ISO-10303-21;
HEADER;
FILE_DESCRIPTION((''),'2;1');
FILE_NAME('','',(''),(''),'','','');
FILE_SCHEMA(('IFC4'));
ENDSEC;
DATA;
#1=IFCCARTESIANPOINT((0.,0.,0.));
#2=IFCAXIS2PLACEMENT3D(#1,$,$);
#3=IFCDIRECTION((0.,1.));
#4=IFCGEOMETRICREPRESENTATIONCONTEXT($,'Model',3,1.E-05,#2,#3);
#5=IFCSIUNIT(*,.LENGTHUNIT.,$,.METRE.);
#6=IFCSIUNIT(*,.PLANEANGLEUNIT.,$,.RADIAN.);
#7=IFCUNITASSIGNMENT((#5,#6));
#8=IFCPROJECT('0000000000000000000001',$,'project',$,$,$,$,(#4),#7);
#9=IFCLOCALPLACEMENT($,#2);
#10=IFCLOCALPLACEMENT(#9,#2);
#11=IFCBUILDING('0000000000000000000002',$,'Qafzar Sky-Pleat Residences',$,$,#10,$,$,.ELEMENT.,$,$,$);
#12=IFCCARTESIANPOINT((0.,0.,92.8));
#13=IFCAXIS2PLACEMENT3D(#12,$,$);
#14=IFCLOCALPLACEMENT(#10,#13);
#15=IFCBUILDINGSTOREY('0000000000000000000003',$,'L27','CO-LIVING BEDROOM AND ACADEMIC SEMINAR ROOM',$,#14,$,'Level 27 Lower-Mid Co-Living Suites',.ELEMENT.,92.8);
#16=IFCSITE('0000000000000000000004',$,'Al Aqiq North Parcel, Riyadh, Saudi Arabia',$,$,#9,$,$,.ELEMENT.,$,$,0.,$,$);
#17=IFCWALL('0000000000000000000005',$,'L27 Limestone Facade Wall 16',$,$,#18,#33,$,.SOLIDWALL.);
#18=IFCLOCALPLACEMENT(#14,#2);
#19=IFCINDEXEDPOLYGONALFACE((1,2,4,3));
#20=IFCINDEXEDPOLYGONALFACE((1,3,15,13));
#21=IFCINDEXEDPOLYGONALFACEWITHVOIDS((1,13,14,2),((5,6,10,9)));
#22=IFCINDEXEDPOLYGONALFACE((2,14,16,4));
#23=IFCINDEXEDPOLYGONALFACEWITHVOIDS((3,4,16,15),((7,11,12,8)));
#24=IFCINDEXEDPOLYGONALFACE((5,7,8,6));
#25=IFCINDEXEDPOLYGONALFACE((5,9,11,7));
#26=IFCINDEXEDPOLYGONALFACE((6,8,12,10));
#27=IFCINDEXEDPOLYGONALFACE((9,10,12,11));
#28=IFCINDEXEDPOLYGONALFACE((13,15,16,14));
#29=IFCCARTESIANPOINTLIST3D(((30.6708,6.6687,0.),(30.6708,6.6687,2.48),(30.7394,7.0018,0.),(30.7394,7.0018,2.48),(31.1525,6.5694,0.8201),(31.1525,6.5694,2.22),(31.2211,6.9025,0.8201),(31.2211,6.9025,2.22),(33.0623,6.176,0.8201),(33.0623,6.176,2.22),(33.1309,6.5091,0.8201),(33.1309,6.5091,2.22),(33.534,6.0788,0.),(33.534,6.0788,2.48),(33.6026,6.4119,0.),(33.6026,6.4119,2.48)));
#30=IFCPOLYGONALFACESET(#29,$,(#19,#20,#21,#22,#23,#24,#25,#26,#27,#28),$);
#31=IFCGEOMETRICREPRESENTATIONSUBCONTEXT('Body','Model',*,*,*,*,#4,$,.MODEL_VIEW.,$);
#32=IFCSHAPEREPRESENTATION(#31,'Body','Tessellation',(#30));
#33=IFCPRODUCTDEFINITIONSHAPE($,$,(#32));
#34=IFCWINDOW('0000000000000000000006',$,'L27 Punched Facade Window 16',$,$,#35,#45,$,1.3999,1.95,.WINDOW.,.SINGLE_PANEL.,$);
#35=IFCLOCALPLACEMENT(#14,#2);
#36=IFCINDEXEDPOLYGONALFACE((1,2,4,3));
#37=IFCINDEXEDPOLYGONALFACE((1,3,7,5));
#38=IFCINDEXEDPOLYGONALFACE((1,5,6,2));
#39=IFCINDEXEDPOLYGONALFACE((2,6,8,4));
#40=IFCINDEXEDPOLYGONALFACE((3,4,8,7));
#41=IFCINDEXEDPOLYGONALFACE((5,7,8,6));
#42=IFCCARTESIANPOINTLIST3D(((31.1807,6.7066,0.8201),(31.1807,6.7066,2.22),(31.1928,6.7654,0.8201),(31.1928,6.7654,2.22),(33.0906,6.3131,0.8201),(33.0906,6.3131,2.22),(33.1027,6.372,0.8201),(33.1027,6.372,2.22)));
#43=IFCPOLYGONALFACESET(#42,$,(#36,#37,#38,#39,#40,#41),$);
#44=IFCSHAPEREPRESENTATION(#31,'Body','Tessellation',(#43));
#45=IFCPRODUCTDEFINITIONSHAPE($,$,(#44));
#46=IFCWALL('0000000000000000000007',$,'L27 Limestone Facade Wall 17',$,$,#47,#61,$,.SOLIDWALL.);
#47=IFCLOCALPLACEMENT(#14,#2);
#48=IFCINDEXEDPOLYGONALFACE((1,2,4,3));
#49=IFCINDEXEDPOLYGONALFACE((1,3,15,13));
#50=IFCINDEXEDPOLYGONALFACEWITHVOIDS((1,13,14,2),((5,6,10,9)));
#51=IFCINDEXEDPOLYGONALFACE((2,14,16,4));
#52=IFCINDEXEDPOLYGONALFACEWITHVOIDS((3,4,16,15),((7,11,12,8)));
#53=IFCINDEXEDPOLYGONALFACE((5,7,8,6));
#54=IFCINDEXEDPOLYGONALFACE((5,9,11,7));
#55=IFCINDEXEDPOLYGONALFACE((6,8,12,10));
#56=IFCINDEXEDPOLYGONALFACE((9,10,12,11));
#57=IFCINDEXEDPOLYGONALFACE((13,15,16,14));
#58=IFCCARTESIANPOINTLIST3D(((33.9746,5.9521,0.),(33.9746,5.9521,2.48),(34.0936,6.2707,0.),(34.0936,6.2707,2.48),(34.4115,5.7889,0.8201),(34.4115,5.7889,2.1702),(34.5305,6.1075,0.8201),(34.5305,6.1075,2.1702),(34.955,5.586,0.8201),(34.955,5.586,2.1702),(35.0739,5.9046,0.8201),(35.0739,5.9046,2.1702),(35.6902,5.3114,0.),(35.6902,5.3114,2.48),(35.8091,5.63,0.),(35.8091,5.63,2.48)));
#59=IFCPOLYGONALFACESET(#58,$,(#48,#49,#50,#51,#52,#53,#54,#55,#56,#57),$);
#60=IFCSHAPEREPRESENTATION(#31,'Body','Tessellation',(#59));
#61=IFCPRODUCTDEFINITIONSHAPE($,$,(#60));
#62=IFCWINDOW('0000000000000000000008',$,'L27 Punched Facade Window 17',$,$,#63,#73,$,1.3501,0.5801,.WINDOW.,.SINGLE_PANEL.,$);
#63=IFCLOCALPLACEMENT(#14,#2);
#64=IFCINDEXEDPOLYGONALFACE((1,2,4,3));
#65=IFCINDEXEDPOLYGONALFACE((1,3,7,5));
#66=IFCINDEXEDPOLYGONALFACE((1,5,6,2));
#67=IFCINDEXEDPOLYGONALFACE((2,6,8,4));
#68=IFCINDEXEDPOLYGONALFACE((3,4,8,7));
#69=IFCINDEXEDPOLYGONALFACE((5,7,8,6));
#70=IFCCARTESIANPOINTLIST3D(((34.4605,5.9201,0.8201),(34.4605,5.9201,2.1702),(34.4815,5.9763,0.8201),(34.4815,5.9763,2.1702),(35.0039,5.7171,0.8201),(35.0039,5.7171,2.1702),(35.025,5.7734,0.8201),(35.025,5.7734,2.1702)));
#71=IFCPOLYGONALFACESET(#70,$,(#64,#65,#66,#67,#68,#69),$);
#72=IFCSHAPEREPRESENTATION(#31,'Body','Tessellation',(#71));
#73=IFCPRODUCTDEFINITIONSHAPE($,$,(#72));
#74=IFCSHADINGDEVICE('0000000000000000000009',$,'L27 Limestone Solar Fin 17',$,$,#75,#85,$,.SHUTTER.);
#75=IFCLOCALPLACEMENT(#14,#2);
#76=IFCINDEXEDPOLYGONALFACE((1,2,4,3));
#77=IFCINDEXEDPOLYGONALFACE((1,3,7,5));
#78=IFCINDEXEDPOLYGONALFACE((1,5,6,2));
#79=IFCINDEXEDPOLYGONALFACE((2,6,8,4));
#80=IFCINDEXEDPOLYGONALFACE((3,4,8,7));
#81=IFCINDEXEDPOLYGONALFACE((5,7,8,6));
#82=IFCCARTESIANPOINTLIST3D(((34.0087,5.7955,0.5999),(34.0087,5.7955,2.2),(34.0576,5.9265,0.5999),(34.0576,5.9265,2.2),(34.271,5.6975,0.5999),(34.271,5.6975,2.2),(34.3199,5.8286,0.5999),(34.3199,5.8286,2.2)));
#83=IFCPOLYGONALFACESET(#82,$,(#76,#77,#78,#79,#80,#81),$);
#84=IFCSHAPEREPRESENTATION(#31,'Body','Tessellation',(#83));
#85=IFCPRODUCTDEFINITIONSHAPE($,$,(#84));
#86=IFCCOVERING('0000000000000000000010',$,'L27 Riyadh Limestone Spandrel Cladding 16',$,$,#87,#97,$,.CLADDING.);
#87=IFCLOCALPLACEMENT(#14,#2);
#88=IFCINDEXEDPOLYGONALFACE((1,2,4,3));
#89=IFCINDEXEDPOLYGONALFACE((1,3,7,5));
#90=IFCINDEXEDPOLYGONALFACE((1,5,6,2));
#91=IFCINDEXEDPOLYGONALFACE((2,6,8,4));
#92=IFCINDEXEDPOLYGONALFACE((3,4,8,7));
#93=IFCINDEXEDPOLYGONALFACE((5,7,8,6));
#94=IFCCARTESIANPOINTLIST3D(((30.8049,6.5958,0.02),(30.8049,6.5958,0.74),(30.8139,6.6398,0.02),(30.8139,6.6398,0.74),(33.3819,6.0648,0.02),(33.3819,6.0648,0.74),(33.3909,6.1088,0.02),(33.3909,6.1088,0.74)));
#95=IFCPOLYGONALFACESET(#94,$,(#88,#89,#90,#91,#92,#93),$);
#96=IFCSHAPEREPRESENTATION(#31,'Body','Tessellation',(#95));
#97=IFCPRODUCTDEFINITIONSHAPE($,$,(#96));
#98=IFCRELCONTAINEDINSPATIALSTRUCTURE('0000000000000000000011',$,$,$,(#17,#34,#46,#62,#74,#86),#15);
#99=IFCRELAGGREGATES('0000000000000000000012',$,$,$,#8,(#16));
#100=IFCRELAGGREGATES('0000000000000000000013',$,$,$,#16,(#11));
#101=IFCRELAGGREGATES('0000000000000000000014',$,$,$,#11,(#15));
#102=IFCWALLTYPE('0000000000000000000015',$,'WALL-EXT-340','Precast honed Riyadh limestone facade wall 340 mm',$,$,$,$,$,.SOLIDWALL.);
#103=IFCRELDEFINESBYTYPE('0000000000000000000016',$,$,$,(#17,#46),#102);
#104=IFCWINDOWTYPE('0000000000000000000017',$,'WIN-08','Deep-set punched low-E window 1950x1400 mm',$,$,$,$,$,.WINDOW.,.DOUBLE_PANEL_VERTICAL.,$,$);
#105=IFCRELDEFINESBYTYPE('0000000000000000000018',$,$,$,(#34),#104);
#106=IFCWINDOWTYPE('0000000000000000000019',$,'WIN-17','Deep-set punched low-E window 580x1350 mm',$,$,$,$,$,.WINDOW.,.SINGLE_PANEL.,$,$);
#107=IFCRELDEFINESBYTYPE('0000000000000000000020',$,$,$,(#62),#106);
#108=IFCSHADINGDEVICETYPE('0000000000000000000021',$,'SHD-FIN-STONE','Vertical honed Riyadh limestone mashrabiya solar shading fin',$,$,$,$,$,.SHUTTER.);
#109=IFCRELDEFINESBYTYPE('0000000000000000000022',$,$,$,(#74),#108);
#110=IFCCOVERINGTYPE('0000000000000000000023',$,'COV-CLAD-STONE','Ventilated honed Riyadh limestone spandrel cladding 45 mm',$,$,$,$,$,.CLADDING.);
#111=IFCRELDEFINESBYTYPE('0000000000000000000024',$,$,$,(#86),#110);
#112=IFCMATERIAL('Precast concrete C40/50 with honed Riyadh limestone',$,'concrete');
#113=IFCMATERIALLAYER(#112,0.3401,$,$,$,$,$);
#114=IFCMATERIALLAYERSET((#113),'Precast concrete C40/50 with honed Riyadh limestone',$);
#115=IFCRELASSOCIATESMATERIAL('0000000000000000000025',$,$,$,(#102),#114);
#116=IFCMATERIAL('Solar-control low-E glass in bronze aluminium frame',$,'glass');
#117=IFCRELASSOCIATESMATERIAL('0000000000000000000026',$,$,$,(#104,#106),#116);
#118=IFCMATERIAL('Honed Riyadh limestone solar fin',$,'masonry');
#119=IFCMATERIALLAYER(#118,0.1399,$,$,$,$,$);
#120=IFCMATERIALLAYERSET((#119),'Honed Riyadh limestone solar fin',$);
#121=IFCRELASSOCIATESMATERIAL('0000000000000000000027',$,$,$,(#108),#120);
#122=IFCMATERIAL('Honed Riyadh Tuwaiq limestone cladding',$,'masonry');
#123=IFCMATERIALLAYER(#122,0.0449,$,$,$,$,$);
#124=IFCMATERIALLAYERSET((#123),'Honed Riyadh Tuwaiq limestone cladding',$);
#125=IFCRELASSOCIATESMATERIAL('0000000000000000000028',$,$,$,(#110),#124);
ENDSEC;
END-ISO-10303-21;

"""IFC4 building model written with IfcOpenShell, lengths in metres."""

from ifc_helpers import new_model, si_unit, direction, frame, frame_2d, origin, origin_2d, place, context, subcontext, project, spatial, rectangle, extrude, source, transform, mapped, material, layer, layer_set, type_object, element, fill, save


model = new_model("IFC4")

# Units and contexts
model_context = context("Model", 3, precision=1e-05, world=origin(), true_north=direction((0.0, 1.0)))
body_context = subcontext(model_context, "Body", "Model", "MODEL_VIEW")
ifc_project = project(units=[si_unit("LENGTHUNIT", "METRE"), si_unit("PLANEANGLEUNIT", "RADIAN")], contexts=[model_context])

# Site, building, storey
site_placement = place(None, origin())
site = spatial("IfcSite", under=ifc_project, at=site_placement, Name="Al Aqiq North Parcel, Riyadh, Saudi Arabia", CompositionType="ELEMENT", RefElevation=0.0)
building_placement = place(site_placement, origin())
building = spatial("IfcBuilding", under=site, at=building_placement, Name="Qafzar Sky-Pleat Residences", CompositionType="ELEMENT")
storey_placement = place(building_placement, frame((0.0, 0.0, 92.8)))
storey = spatial("IfcBuildingStorey", under=building, at=storey_placement, Name="L27", Description="CO-LIVING BEDROOM AND ACADEMIC SEMINAR ROOM", LongName="Level 27 Lower-Mid Co-Living Suites", CompositionType="ELEMENT", Elevation=92.8)

# Walls, openings, windows
ifc_material_1 = material(Name="Precast concrete C40/50 with honed Riyadh limestone", Category="concrete")
ifc_layer_1 = layer(ifc_material_1, 0.3401)
ifc_layer_set_1 = layer_set([ifc_layer_1], Name="Precast concrete C40/50 with honed Riyadh limestone")
wall_type_1 = type_object("IfcWallType", Name="WALL-EXT-340", Description="Precast honed Riyadh limestone facade wall 340 mm", PredefinedType="SOLIDWALL", material=ifc_layer_set_1)
ifc_material_2 = material(Name="Solar-control low-E glass in bronze aluminium frame", Category="glass")
wall_1_placement = place(storey_placement, frame((30.7051, 6.8352, 0.0), z_axis=(0.0, 0.0, 1.0), x_axis=(0.979434, -0.201766, 0.0)))
wall_1 = element("IfcWall", 1, at=wall_1_placement, inside=storey, type_object=wall_type_1, Name="L27 Limestone Facade Wall 16", PredefinedType="SOLIDWALL", context=body_context, shape_type="SweptSolid", body=[
    extrude(rectangle(XDim=2.9233, YDim=0.3401, at=frame_2d((1.4617, 0.0))), origin(), (0.0, 0.0, 1.0), 2.48),
])
opening_1_placement = place(wall_1_placement, frame((0.4917, 0.0, 0.8201)))
opening_1 = element("IfcOpeningElement", 2, at=opening_1_placement, cuts=wall_1, PredefinedType="OPENING", context=body_context, shape_type="SweptSolid", body=[
    extrude(rectangle(XDim=1.95, YDim=1.3999, at=frame_2d((0.9751, 0.7))), frame((0.0, 0.1802, 0.0), z_axis=(0.0, -1.0, 0.0), x_axis=(1.0, 0.0, 0.0)), (0.0, 0.0, 1.0), 0.3601),
])
window_type_1 = type_object("IfcWindowType", Name="WIN-08", Description="Deep-set punched low-E window 1950x1400 mm", PartitioningType="DOUBLE_PANEL_VERTICAL", PredefinedType="WINDOW", material=ifc_material_2)
shared_shape_1 = source(origin(), body_context, "Body", "SweptSolid", [
    extrude(rectangle(XDim=1.95, YDim=1.3999, at=frame_2d((0.9751, 0.7))), frame((0.0, 0.03, 0.0), z_axis=(0.0, -1.0, 0.0), x_axis=(1.0, 0.0, 0.0)), (0.0, 0.0, 1.0), 0.0601),
])
window_1_placement = place(opening_1_placement, origin())
window_1 = element("IfcWindow", 3, at=window_1_placement, inside=storey, type_object=window_type_1, Name="L27 Punched Facade Window 16", OverallHeight=1.3999, OverallWidth=1.95, PartitioningType="SINGLE_PANEL", PredefinedType="WINDOW", context=body_context, shape_type="MappedRepresentation", body=[
    mapped(shared_shape_1, transform((0.0, 0.0, 0.0), x_axis=(1.0, 0.0, 0.0), y_axis=(0.0, 1.0, 0.0), z_axis=(0.0, 0.0, 1.0), scale=1.0)),
])
fill(opening_1, window_1)
wall_2_placement = place(storey_placement, frame((34.0342, 6.1113, 0.0), z_axis=(0.0, 0.0, 1.0), x_axis=(0.936816, -0.349823, 0.0)))
wall_2 = element("IfcWall", 4, at=wall_2_placement, inside=storey, type_object=wall_type_1, Name="L27 Limestone Facade Wall 17", PredefinedType="SOLIDWALL", context=body_context, shape_type="SweptSolid", body=[
    extrude(rectangle(XDim=1.8313, YDim=0.3401, at=frame_2d((0.9155, 0.0))), origin(), (0.0, 0.0, 1.0), 2.48),
])
opening_2_placement = place(wall_2_placement, frame((0.4663, 0.0, 0.8201)))
opening_2 = element("IfcOpeningElement", 5, at=opening_2_placement, cuts=wall_2, PredefinedType="OPENING", context=body_context, shape_type="SweptSolid", body=[
    extrude(rectangle(XDim=0.5801, YDim=1.3501, at=frame_2d((0.29, 0.675))), frame((0.0, 0.1802, 0.0), z_axis=(0.0, -1.0, 0.0), x_axis=(1.0, 0.0, 0.0)), (0.0, 0.0, 1.0), 0.3601),
])
window_type_2 = type_object("IfcWindowType", Name="WIN-17", Description="Deep-set punched low-E window 580x1350 mm", PartitioningType="SINGLE_PANEL", PredefinedType="WINDOW", material=ifc_material_2)
shared_shape_2 = source(origin(), body_context, "Body", "SweptSolid", [
    extrude(rectangle(XDim=0.5801, YDim=1.3501, at=frame_2d((0.29, 0.675))), frame((0.0, 0.03, 0.0), z_axis=(0.0, -1.0, 0.0), x_axis=(1.0, 0.0, 0.0)), (0.0, 0.0, 1.0), 0.0601),
])
window_2_placement = place(opening_2_placement, origin())
window_2 = element("IfcWindow", 6, at=window_2_placement, inside=storey, type_object=window_type_2, Name="L27 Punched Facade Window 17", OverallHeight=1.3501, OverallWidth=0.5801, PartitioningType="SINGLE_PANEL", PredefinedType="WINDOW", context=body_context, shape_type="MappedRepresentation", body=[
    mapped(shared_shape_2, transform((0.0, 0.0, 0.0), x_axis=(1.0, 0.0, 0.0), y_axis=(0.0, 1.0, 0.0), z_axis=(0.0, 0.0, 1.0), scale=1.0)),
])
fill(opening_2, window_2)

# Shading device
ifc_material_3 = material(Name="Honed Riyadh limestone solar fin", Category="masonry")
ifc_layer_2 = layer(ifc_material_3, 0.1399)
ifc_layer_set_2 = layer_set([ifc_layer_2], Name="Honed Riyadh limestone solar fin")
shading_device_type = type_object("IfcShadingDeviceType", Name="SHD-FIN-STONE", Description="Vertical honed Riyadh limestone mashrabiya solar shading fin", PredefinedType="SHUTTER", material=ifc_layer_set_2)
shared_shape_3 = source(origin(), body_context, "Body", "SweptSolid", [
    extrude(rectangle(XDim=0.1399, YDim=0.28, at=origin_2d()), origin(), (0.0, 0.0, 1.0), 1.6001),
])
shading_device_placement = place(storey_placement, frame((34.1643, 5.812, 0.5999), z_axis=(0.0, 0.0, 1.0), x_axis=(-0.349823, -0.936816, 0.0)))
element("IfcShadingDevice", 7, at=shading_device_placement, inside=storey, type_object=shading_device_type, Name="L27 Limestone Solar Fin 17", PredefinedType="SHUTTER", context=body_context, shape_type="MappedRepresentation", body=[
    mapped(shared_shape_3, transform((0.0, 0.0, 0.0), x_axis=(1.0, 0.0, 0.0), y_axis=(0.0, 1.0, 0.0), z_axis=(0.0, 0.0, 1.0), scale=1.0)),
])

# Covering
ifc_material_4 = material(Name="Honed Riyadh Tuwaiq limestone cladding", Category="masonry")
ifc_layer_3 = layer(ifc_material_4, 0.0449)
ifc_layer_set_3 = layer_set([ifc_layer_3], Name="Honed Riyadh Tuwaiq limestone cladding")
covering_type = type_object("IfcCoveringType", Name="COV-CLAD-STONE", Description="Ventilated honed Riyadh limestone spandrel cladding 45 mm", PredefinedType="CLADDING", material=ifc_layer_set_3)
shared_shape_4 = source(origin(), body_context, "Body", "SweptSolid", [
    extrude(rectangle(XDim=2.6311, YDim=0.0449, at=origin_2d()), origin(), (0.0, 0.0, 1.0), 0.72),
])
covering_placement = place(storey_placement, frame((32.0979, 6.3523, 0.02), z_axis=(0.0, 0.0, 1.0), x_axis=(0.97943, -0.201783, 0.0)))
element("IfcCovering", 8, at=covering_placement, inside=storey, type_object=covering_type, Name="L27 Riyadh Limestone Spandrel Cladding 16", PredefinedType="CLADDING", context=body_context, shape_type="MappedRepresentation", body=[
    mapped(shared_shape_4, transform((0.0, 0.0, 0.0), x_axis=(1.0, 0.0, 0.0), y_axis=(0.0, 1.0, 0.0), z_axis=(0.0, 0.0, 1.0), scale=1.0)),
])

save(model, "model.ifc")
